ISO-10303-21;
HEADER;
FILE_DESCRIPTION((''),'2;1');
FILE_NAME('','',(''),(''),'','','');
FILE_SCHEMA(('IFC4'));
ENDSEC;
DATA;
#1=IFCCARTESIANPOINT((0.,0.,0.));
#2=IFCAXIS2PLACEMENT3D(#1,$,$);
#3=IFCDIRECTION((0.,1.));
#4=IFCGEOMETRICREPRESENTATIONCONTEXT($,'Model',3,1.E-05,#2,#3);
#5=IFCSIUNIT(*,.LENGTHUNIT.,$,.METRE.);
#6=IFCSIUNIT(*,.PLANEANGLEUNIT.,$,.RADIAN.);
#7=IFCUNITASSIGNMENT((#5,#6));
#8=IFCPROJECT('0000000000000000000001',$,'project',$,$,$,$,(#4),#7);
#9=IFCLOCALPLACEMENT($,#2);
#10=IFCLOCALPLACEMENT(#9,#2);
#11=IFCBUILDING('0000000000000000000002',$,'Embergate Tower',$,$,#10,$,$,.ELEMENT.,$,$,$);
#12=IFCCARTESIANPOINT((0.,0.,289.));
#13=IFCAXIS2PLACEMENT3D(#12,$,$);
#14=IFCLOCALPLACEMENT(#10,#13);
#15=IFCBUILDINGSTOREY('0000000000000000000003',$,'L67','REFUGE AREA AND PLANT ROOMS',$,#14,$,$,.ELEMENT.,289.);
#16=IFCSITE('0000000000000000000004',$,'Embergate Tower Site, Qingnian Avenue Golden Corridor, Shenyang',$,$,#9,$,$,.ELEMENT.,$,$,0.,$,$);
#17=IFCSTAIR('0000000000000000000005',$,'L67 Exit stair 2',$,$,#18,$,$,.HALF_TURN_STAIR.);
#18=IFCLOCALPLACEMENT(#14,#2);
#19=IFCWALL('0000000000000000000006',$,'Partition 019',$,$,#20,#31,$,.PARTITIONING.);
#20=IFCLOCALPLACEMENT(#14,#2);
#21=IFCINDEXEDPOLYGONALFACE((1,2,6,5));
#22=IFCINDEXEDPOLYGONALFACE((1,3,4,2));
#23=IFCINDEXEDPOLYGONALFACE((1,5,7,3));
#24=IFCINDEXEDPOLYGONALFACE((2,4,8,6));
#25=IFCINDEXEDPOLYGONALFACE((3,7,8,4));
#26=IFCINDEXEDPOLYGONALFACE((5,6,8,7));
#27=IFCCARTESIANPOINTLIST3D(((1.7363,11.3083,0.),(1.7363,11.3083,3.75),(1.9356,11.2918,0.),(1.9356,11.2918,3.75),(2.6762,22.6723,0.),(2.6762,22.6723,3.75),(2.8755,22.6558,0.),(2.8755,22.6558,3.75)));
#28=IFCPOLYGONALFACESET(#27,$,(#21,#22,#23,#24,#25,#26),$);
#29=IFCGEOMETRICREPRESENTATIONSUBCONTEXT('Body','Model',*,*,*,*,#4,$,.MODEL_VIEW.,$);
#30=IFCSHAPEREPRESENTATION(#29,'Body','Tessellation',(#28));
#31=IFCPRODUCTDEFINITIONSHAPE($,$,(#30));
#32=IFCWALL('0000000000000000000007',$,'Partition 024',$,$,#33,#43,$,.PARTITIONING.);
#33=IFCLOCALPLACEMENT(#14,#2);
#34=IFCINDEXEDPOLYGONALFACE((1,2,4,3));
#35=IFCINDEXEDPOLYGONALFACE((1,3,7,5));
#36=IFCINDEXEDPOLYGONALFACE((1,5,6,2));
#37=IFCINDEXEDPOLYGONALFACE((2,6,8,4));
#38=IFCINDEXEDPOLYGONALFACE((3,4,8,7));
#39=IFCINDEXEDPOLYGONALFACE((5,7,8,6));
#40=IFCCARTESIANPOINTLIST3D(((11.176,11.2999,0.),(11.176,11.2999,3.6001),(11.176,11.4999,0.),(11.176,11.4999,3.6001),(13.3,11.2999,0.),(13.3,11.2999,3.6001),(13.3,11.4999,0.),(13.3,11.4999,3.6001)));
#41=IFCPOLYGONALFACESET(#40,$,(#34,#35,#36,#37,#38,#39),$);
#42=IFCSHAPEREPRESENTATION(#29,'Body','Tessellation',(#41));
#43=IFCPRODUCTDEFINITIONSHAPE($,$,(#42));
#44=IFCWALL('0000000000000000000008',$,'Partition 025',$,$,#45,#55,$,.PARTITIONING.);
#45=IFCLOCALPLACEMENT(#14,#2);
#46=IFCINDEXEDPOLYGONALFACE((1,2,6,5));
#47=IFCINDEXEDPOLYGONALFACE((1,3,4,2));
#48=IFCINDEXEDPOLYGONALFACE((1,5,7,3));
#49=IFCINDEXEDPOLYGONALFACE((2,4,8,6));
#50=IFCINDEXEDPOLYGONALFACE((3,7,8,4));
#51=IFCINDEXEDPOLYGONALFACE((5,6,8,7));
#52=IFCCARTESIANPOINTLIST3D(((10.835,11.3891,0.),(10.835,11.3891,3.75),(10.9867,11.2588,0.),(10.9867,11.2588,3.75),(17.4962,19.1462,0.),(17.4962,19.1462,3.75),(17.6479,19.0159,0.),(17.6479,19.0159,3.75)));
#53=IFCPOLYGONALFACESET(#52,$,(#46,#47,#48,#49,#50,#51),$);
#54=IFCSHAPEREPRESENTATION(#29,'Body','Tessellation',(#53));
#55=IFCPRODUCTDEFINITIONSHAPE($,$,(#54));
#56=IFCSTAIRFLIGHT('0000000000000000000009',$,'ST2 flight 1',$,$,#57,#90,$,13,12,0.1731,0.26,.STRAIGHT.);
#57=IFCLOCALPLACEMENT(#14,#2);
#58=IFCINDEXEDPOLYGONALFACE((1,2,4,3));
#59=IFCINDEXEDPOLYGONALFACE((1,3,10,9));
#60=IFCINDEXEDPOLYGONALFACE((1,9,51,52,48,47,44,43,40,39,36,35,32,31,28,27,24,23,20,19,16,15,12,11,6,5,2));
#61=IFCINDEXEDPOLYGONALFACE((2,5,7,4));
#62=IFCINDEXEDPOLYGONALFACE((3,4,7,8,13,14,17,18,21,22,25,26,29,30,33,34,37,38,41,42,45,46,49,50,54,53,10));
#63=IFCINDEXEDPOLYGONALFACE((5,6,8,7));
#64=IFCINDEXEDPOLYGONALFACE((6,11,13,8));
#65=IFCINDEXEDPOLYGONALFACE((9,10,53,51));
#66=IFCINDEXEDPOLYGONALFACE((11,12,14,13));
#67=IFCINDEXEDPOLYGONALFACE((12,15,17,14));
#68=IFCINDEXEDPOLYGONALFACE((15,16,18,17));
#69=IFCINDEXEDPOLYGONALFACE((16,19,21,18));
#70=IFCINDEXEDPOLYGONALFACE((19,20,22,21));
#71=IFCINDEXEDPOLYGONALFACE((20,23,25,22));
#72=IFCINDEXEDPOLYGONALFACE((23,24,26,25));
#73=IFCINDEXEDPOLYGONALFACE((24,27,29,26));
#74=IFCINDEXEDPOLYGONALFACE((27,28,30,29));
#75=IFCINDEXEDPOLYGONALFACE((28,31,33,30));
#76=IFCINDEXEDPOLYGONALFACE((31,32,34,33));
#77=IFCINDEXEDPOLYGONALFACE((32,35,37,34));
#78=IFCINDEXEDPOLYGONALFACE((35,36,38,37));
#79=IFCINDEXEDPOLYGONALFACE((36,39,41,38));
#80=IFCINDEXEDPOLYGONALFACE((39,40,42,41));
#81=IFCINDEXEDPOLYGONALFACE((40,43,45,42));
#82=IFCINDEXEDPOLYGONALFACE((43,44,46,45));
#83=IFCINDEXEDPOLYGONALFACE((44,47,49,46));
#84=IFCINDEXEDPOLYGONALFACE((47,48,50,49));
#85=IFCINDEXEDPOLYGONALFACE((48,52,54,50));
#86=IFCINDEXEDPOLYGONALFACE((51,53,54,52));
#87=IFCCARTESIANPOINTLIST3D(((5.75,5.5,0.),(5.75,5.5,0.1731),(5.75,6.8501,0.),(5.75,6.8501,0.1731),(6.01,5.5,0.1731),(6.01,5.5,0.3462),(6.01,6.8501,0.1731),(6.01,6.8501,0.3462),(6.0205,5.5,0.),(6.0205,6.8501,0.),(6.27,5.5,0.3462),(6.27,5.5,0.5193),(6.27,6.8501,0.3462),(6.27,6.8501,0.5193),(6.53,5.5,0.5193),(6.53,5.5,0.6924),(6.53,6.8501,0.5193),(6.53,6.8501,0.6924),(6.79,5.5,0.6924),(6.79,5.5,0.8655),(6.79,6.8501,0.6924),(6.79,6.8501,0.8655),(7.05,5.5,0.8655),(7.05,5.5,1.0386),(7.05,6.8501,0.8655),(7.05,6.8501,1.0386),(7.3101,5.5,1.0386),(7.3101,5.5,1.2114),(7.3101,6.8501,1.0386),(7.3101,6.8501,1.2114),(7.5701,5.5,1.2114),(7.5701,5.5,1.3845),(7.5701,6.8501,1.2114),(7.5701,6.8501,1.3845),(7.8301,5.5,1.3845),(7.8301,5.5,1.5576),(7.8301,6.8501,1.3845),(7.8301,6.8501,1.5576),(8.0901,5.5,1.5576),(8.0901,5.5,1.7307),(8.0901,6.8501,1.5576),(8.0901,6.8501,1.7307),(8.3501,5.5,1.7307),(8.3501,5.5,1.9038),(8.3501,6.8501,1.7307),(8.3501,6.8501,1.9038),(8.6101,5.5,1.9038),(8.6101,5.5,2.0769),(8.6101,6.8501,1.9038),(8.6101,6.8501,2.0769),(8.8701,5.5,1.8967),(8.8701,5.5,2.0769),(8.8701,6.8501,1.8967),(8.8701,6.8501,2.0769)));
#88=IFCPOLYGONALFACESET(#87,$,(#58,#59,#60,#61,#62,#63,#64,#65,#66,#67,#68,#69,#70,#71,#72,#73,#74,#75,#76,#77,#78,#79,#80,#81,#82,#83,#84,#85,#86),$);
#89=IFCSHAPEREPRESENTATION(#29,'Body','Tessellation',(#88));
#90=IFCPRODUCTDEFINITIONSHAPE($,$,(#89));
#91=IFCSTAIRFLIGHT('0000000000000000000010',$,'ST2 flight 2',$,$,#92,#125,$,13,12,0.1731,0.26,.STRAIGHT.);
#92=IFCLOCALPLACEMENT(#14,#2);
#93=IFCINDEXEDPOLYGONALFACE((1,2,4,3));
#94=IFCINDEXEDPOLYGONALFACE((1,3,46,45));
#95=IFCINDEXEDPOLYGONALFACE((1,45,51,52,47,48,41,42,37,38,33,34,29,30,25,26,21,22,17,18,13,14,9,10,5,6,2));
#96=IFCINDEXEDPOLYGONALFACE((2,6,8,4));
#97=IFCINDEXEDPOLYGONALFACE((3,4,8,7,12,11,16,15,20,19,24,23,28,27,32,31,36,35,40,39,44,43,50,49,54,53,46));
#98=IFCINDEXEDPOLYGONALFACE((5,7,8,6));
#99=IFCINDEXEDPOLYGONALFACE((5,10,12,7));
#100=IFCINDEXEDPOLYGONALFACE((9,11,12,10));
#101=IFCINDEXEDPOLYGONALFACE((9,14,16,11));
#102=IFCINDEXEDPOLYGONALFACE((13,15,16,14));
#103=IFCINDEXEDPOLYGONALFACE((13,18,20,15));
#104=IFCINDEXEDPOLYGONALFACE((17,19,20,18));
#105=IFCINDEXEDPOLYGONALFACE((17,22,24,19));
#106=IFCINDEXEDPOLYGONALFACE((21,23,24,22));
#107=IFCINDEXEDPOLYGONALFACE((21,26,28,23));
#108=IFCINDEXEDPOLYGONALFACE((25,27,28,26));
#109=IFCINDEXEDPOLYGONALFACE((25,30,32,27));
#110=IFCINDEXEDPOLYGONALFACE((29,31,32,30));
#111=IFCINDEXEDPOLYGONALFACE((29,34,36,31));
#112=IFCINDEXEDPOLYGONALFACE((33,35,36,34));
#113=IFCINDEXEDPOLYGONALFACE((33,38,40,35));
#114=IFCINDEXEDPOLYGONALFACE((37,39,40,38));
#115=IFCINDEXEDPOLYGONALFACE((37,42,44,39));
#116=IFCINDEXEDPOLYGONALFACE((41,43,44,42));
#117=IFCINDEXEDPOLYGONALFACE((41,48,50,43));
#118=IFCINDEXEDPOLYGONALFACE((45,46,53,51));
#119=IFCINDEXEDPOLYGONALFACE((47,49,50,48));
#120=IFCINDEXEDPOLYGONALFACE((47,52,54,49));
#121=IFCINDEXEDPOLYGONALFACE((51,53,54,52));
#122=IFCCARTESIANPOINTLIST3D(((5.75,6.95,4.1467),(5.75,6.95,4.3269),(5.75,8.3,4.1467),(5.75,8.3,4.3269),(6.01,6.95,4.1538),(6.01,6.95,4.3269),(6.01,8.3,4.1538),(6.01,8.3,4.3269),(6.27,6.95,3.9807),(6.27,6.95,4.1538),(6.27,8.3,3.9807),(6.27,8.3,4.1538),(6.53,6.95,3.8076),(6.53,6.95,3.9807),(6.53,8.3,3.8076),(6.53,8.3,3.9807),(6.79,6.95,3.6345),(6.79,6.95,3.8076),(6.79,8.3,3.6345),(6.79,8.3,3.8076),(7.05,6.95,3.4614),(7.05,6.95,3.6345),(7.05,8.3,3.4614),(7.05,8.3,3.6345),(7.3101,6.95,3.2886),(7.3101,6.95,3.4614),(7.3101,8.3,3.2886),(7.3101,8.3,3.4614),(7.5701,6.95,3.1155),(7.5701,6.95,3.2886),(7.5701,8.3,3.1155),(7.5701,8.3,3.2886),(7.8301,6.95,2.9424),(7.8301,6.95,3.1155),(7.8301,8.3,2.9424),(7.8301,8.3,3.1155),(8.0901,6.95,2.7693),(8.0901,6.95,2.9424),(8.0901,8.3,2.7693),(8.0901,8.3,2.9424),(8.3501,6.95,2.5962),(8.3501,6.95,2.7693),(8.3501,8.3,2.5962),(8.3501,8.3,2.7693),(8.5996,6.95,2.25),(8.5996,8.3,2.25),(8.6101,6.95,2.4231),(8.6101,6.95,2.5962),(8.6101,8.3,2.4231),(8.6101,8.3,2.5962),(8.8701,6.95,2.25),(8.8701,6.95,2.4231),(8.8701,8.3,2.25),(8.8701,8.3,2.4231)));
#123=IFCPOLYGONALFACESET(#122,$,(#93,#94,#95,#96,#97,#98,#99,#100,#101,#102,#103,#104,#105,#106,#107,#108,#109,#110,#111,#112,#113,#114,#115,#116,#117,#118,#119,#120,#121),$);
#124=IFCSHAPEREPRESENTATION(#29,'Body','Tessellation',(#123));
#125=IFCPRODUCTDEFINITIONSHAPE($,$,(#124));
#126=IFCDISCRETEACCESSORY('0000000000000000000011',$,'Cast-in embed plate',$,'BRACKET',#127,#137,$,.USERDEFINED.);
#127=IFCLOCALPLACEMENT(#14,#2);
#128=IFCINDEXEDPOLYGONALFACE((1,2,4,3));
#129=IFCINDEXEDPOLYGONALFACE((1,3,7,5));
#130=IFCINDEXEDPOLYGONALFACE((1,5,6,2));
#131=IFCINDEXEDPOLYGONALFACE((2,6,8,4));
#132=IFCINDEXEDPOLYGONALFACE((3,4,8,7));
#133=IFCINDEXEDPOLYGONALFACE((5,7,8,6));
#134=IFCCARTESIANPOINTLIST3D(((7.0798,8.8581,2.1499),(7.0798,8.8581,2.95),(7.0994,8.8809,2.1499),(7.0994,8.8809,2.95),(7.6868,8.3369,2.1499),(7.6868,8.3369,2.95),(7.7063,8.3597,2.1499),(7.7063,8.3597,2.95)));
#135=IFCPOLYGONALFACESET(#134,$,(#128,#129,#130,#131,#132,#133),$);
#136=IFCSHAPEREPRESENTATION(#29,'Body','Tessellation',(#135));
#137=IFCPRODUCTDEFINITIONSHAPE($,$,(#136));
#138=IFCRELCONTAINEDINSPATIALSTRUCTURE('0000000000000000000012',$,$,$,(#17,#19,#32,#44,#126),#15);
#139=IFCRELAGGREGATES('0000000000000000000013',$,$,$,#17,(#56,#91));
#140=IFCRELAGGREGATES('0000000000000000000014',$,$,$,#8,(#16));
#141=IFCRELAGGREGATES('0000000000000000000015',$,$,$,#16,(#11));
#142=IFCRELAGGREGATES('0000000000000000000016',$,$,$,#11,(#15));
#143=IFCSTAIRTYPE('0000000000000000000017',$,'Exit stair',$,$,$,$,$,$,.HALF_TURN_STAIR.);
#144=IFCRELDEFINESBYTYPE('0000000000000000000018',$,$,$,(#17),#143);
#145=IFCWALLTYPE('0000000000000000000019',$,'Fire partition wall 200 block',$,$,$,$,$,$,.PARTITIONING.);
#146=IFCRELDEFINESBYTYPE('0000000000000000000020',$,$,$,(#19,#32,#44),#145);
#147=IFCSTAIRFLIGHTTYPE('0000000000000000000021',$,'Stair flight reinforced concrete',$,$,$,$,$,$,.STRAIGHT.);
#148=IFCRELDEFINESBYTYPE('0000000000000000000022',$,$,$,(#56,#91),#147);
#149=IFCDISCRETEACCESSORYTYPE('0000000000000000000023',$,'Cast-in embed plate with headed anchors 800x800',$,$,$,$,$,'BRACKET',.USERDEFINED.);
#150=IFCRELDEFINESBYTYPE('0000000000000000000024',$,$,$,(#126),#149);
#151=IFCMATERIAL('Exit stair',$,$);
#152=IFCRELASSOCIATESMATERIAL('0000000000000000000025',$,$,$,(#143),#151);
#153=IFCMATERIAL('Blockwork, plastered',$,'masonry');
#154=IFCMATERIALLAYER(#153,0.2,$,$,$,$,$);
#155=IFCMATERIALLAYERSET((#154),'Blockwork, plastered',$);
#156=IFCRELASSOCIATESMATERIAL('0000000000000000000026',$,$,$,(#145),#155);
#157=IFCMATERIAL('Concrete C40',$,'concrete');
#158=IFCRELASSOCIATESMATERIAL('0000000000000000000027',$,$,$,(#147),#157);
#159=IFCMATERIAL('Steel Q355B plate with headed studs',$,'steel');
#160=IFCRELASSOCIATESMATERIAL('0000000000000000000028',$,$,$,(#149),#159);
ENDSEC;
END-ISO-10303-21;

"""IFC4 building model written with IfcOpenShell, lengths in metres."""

from ifc_helpers import new_model, si_unit, direction, frame, frame_2d, origin, origin_2d, place, context, subcontext, project, spatial, polyline, rectangle, outline, extrude, source, transform, mapped, material, layer, layer_set, type_object, element, aggregate, save


model = new_model("IFC4")

# Units and contexts
model_context = context("Model", 3, precision=1e-05, world=origin(), true_north=direction((0.0, 1.0)))
body_context = subcontext(model_context, "Body", "Model", "MODEL_VIEW")
ifc_project = project(units=[si_unit("LENGTHUNIT", "METRE"), si_unit("PLANEANGLEUNIT", "RADIAN")], contexts=[model_context])

# Site, building, storey
site_placement = place(None, origin())
site = spatial("IfcSite", under=ifc_project, at=site_placement, Name="Embergate Tower Site, Qingnian Avenue Golden Corridor, Shenyang", CompositionType="ELEMENT", RefElevation=0.0)
building_placement = place(site_placement, origin())
building = spatial("IfcBuilding", under=site, at=building_placement, Name="Embergate Tower", CompositionType="ELEMENT")
storey_placement = place(building_placement, frame((0.0, 0.0, 289.0)))
storey = spatial("IfcBuildingStorey", under=building, at=storey_placement, Name="L67", Description="REFUGE AREA AND PLANT ROOMS", CompositionType="ELEMENT", Elevation=289.0)

# Stair
ifc_material_1 = material(Name="Exit stair")
stair_type = type_object("IfcStairType", Name="Exit stair", PredefinedType="HALF_TURN_STAIR", material=ifc_material_1)
stair_placement = place(storey_placement, origin())
stair = element("IfcStair", 1, at=stair_placement, inside=storey, type_object=stair_type, Name="L67 Exit stair 2", PredefinedType="HALF_TURN_STAIR")
ifc_material_2 = material(Name="Concrete C40", Category="concrete")

# Wall
ifc_material_3 = material(Name="Blockwork, plastered", Category="masonry")
ifc_layer_1 = layer(ifc_material_3, 0.2)
ifc_layer_set_1 = layer_set([ifc_layer_1], Name="Blockwork, plastered")
wall_type_1 = type_object("IfcWallType", Name="Fire partition wall 200 block", PredefinedType="PARTITIONING", material=ifc_layer_set_1)
shared_shape_1 = source(origin(), body_context, "Body", "SweptSolid", [
    extrude(rectangle(XDim=11.4028, YDim=0.2, at=frame_2d((5.7014, 0.0))), origin(), (0.0, 0.0, 1.0), 3.75),
])
wall_1_placement = place(storey_placement, frame((1.8359, 11.3, 0.0), z_axis=(0.0, 0.0, 1.0), x_axis=(0.082431, 0.996597, 0.0)))
element("IfcWall", 2, at=wall_1_placement, inside=storey, type_object=wall_type_1, Name="Partition 019", PredefinedType="PARTITIONING", context=body_context, shape_type="MappedRepresentation", body=[
    mapped(shared_shape_1, transform((0.0, 0.0, 0.0))),
])

# Walls
shared_shape_2 = source(origin(), body_context, "Body", "SweptSolid", [
    extrude(rectangle(XDim=2.124, YDim=0.2, at=frame_2d((1.062, 0.0))), origin(), (0.0, 0.0, 1.0), 3.6001),
])
wall_2_placement = place(storey_placement, frame((11.176, 11.3999, 0.0), z_axis=(0.0, 0.0, 1.0), x_axis=(1.0, 0.0, 0.0)))
element("IfcWall", 3, at=wall_2_placement, inside=storey, type_object=wall_type_1, Name="Partition 024", PredefinedType="PARTITIONING", context=body_context, shape_type="MappedRepresentation", body=[
    mapped(shared_shape_2, transform((0.0, 0.0, 0.0))),
])
shared_shape_3 = source(origin(), body_context, "Body", "SweptSolid", [
    extrude(rectangle(XDim=10.2246, YDim=0.2, at=frame_2d((5.1123, 0.0))), origin(), (0.0, 0.0, 1.0), 3.75),
])
wall_3_placement = place(storey_placement, frame((10.9109, 11.324, 0.0), z_axis=(0.0, 0.0, 1.0), x_axis=(0.651479, 0.758666, 0.0)))
element("IfcWall", 4, at=wall_3_placement, inside=storey, type_object=wall_type_1, Name="Partition 025", PredefinedType="PARTITIONING", context=body_context, shape_type="MappedRepresentation", body=[
    mapped(shared_shape_3, transform((0.0, 0.0, 0.0))),
])

# Stair flights
stair_flight_type = type_object("IfcStairFlightType", Name="Stair flight reinforced concrete", PredefinedType="STRAIGHT", material=ifc_material_2)
shared_shape_4 = source(origin(), body_context, "Body", "SweptSolid", [
    extrude(outline(polyline([(0.0, 0.0), (0.0, 0.1731), (0.26, 0.1731), (0.26, 0.3462), (0.52, 0.3462), (0.52, 0.5193), (0.78, 0.5193), (0.78, 0.6924), (1.04, 0.6924), (1.04, 0.8655), (1.3, 0.8655), (1.3, 1.0386), (1.5601, 1.0386), (1.5601, 1.2114), (1.8201, 1.2114), (1.8201, 1.3845), (2.0801, 1.3845), (2.0801, 1.5576), (2.3401, 1.5576), (2.3401, 1.7307), (2.6001, 1.7307), (2.6001, 1.9038), (2.8601, 1.9038), (2.8601, 2.0769), (3.1201, 2.0769), (3.1201, 2.25), (3.1201, 1.8967), (0.2705, 0.0), (0.0, 0.0)])), frame((0.0, 0.675, 0.0), z_axis=(0.0, -1.0, 0.0), x_axis=(1.0, 0.0, 0.0)), (0.0, 0.0, 1.0), 1.3501),
])
stair_flight_1_placement = place(storey_placement, frame((5.75, 6.175, 0.0), z_axis=(0.0, 0.0, 1.0), x_axis=(1.0, 0.0, 0.0)))
stair_flight_1 = element("IfcStairFlight", 5, at=stair_flight_1_placement, type_object=stair_flight_type, Name="ST2 flight 1", NumberOfRisers=13, NumberOfTreads=12, PredefinedType="STRAIGHT", RiserHeight=0.1731, TreadLength=0.26, context=body_context, shape_type="MappedRepresentation", body=[
    mapped(shared_shape_4, transform((0.0, 0.0, 0.0))),
])
stair_flight_2_placement = place(storey_placement, frame((8.8701, 7.625, 2.25), z_axis=(0.0, 0.0, 1.0), x_axis=(-1.0, 0.0, 0.0)))
stair_flight_2 = element("IfcStairFlight", 6, at=stair_flight_2_placement, type_object=stair_flight_type, Name="ST2 flight 2", NumberOfRisers=13, NumberOfTreads=12, PredefinedType="STRAIGHT", RiserHeight=0.1731, TreadLength=0.26, context=body_context, shape_type="MappedRepresentation", body=[
    mapped(shared_shape_4, transform((0.0, 0.0, 0.0))),
])
aggregate(stair, [stair_flight_1, stair_flight_2])

# Discrete accessory
ifc_material_4 = material(Name="Steel Q355B plate with headed studs", Category="steel")
discrete_accessory_type = type_object("IfcDiscreteAccessoryType", Name="Cast-in embed plate with headed anchors 800x800", ElementType="BRACKET", PredefinedType="USERDEFINED", material=ifc_material_4)
shared_shape_5 = source(origin(), body_context, "Body", "SweptSolid", [
    extrude(rectangle(XDim=0.03, YDim=0.8, at=origin_2d()), origin(), (0.0, 0.0, 1.0), 0.8),
])
discrete_accessory_placement = place(storey_placement, frame((7.3931, 8.6089, 2.1499), z_axis=(0.0, 0.0, 1.0), x_axis=(0.651503, 0.758646, 0.0)))
element("IfcDiscreteAccessory", 7, at=discrete_accessory_placement, inside=storey, type_object=discrete_accessory_type, Name="Cast-in embed plate", ObjectType="BRACKET", PredefinedType="USERDEFINED", context=body_context, shape_type="MappedRepresentation", body=[
    mapped(shared_shape_5, transform((0.0, 0.0, 0.0))),
])

save(model, "model.ifc")
